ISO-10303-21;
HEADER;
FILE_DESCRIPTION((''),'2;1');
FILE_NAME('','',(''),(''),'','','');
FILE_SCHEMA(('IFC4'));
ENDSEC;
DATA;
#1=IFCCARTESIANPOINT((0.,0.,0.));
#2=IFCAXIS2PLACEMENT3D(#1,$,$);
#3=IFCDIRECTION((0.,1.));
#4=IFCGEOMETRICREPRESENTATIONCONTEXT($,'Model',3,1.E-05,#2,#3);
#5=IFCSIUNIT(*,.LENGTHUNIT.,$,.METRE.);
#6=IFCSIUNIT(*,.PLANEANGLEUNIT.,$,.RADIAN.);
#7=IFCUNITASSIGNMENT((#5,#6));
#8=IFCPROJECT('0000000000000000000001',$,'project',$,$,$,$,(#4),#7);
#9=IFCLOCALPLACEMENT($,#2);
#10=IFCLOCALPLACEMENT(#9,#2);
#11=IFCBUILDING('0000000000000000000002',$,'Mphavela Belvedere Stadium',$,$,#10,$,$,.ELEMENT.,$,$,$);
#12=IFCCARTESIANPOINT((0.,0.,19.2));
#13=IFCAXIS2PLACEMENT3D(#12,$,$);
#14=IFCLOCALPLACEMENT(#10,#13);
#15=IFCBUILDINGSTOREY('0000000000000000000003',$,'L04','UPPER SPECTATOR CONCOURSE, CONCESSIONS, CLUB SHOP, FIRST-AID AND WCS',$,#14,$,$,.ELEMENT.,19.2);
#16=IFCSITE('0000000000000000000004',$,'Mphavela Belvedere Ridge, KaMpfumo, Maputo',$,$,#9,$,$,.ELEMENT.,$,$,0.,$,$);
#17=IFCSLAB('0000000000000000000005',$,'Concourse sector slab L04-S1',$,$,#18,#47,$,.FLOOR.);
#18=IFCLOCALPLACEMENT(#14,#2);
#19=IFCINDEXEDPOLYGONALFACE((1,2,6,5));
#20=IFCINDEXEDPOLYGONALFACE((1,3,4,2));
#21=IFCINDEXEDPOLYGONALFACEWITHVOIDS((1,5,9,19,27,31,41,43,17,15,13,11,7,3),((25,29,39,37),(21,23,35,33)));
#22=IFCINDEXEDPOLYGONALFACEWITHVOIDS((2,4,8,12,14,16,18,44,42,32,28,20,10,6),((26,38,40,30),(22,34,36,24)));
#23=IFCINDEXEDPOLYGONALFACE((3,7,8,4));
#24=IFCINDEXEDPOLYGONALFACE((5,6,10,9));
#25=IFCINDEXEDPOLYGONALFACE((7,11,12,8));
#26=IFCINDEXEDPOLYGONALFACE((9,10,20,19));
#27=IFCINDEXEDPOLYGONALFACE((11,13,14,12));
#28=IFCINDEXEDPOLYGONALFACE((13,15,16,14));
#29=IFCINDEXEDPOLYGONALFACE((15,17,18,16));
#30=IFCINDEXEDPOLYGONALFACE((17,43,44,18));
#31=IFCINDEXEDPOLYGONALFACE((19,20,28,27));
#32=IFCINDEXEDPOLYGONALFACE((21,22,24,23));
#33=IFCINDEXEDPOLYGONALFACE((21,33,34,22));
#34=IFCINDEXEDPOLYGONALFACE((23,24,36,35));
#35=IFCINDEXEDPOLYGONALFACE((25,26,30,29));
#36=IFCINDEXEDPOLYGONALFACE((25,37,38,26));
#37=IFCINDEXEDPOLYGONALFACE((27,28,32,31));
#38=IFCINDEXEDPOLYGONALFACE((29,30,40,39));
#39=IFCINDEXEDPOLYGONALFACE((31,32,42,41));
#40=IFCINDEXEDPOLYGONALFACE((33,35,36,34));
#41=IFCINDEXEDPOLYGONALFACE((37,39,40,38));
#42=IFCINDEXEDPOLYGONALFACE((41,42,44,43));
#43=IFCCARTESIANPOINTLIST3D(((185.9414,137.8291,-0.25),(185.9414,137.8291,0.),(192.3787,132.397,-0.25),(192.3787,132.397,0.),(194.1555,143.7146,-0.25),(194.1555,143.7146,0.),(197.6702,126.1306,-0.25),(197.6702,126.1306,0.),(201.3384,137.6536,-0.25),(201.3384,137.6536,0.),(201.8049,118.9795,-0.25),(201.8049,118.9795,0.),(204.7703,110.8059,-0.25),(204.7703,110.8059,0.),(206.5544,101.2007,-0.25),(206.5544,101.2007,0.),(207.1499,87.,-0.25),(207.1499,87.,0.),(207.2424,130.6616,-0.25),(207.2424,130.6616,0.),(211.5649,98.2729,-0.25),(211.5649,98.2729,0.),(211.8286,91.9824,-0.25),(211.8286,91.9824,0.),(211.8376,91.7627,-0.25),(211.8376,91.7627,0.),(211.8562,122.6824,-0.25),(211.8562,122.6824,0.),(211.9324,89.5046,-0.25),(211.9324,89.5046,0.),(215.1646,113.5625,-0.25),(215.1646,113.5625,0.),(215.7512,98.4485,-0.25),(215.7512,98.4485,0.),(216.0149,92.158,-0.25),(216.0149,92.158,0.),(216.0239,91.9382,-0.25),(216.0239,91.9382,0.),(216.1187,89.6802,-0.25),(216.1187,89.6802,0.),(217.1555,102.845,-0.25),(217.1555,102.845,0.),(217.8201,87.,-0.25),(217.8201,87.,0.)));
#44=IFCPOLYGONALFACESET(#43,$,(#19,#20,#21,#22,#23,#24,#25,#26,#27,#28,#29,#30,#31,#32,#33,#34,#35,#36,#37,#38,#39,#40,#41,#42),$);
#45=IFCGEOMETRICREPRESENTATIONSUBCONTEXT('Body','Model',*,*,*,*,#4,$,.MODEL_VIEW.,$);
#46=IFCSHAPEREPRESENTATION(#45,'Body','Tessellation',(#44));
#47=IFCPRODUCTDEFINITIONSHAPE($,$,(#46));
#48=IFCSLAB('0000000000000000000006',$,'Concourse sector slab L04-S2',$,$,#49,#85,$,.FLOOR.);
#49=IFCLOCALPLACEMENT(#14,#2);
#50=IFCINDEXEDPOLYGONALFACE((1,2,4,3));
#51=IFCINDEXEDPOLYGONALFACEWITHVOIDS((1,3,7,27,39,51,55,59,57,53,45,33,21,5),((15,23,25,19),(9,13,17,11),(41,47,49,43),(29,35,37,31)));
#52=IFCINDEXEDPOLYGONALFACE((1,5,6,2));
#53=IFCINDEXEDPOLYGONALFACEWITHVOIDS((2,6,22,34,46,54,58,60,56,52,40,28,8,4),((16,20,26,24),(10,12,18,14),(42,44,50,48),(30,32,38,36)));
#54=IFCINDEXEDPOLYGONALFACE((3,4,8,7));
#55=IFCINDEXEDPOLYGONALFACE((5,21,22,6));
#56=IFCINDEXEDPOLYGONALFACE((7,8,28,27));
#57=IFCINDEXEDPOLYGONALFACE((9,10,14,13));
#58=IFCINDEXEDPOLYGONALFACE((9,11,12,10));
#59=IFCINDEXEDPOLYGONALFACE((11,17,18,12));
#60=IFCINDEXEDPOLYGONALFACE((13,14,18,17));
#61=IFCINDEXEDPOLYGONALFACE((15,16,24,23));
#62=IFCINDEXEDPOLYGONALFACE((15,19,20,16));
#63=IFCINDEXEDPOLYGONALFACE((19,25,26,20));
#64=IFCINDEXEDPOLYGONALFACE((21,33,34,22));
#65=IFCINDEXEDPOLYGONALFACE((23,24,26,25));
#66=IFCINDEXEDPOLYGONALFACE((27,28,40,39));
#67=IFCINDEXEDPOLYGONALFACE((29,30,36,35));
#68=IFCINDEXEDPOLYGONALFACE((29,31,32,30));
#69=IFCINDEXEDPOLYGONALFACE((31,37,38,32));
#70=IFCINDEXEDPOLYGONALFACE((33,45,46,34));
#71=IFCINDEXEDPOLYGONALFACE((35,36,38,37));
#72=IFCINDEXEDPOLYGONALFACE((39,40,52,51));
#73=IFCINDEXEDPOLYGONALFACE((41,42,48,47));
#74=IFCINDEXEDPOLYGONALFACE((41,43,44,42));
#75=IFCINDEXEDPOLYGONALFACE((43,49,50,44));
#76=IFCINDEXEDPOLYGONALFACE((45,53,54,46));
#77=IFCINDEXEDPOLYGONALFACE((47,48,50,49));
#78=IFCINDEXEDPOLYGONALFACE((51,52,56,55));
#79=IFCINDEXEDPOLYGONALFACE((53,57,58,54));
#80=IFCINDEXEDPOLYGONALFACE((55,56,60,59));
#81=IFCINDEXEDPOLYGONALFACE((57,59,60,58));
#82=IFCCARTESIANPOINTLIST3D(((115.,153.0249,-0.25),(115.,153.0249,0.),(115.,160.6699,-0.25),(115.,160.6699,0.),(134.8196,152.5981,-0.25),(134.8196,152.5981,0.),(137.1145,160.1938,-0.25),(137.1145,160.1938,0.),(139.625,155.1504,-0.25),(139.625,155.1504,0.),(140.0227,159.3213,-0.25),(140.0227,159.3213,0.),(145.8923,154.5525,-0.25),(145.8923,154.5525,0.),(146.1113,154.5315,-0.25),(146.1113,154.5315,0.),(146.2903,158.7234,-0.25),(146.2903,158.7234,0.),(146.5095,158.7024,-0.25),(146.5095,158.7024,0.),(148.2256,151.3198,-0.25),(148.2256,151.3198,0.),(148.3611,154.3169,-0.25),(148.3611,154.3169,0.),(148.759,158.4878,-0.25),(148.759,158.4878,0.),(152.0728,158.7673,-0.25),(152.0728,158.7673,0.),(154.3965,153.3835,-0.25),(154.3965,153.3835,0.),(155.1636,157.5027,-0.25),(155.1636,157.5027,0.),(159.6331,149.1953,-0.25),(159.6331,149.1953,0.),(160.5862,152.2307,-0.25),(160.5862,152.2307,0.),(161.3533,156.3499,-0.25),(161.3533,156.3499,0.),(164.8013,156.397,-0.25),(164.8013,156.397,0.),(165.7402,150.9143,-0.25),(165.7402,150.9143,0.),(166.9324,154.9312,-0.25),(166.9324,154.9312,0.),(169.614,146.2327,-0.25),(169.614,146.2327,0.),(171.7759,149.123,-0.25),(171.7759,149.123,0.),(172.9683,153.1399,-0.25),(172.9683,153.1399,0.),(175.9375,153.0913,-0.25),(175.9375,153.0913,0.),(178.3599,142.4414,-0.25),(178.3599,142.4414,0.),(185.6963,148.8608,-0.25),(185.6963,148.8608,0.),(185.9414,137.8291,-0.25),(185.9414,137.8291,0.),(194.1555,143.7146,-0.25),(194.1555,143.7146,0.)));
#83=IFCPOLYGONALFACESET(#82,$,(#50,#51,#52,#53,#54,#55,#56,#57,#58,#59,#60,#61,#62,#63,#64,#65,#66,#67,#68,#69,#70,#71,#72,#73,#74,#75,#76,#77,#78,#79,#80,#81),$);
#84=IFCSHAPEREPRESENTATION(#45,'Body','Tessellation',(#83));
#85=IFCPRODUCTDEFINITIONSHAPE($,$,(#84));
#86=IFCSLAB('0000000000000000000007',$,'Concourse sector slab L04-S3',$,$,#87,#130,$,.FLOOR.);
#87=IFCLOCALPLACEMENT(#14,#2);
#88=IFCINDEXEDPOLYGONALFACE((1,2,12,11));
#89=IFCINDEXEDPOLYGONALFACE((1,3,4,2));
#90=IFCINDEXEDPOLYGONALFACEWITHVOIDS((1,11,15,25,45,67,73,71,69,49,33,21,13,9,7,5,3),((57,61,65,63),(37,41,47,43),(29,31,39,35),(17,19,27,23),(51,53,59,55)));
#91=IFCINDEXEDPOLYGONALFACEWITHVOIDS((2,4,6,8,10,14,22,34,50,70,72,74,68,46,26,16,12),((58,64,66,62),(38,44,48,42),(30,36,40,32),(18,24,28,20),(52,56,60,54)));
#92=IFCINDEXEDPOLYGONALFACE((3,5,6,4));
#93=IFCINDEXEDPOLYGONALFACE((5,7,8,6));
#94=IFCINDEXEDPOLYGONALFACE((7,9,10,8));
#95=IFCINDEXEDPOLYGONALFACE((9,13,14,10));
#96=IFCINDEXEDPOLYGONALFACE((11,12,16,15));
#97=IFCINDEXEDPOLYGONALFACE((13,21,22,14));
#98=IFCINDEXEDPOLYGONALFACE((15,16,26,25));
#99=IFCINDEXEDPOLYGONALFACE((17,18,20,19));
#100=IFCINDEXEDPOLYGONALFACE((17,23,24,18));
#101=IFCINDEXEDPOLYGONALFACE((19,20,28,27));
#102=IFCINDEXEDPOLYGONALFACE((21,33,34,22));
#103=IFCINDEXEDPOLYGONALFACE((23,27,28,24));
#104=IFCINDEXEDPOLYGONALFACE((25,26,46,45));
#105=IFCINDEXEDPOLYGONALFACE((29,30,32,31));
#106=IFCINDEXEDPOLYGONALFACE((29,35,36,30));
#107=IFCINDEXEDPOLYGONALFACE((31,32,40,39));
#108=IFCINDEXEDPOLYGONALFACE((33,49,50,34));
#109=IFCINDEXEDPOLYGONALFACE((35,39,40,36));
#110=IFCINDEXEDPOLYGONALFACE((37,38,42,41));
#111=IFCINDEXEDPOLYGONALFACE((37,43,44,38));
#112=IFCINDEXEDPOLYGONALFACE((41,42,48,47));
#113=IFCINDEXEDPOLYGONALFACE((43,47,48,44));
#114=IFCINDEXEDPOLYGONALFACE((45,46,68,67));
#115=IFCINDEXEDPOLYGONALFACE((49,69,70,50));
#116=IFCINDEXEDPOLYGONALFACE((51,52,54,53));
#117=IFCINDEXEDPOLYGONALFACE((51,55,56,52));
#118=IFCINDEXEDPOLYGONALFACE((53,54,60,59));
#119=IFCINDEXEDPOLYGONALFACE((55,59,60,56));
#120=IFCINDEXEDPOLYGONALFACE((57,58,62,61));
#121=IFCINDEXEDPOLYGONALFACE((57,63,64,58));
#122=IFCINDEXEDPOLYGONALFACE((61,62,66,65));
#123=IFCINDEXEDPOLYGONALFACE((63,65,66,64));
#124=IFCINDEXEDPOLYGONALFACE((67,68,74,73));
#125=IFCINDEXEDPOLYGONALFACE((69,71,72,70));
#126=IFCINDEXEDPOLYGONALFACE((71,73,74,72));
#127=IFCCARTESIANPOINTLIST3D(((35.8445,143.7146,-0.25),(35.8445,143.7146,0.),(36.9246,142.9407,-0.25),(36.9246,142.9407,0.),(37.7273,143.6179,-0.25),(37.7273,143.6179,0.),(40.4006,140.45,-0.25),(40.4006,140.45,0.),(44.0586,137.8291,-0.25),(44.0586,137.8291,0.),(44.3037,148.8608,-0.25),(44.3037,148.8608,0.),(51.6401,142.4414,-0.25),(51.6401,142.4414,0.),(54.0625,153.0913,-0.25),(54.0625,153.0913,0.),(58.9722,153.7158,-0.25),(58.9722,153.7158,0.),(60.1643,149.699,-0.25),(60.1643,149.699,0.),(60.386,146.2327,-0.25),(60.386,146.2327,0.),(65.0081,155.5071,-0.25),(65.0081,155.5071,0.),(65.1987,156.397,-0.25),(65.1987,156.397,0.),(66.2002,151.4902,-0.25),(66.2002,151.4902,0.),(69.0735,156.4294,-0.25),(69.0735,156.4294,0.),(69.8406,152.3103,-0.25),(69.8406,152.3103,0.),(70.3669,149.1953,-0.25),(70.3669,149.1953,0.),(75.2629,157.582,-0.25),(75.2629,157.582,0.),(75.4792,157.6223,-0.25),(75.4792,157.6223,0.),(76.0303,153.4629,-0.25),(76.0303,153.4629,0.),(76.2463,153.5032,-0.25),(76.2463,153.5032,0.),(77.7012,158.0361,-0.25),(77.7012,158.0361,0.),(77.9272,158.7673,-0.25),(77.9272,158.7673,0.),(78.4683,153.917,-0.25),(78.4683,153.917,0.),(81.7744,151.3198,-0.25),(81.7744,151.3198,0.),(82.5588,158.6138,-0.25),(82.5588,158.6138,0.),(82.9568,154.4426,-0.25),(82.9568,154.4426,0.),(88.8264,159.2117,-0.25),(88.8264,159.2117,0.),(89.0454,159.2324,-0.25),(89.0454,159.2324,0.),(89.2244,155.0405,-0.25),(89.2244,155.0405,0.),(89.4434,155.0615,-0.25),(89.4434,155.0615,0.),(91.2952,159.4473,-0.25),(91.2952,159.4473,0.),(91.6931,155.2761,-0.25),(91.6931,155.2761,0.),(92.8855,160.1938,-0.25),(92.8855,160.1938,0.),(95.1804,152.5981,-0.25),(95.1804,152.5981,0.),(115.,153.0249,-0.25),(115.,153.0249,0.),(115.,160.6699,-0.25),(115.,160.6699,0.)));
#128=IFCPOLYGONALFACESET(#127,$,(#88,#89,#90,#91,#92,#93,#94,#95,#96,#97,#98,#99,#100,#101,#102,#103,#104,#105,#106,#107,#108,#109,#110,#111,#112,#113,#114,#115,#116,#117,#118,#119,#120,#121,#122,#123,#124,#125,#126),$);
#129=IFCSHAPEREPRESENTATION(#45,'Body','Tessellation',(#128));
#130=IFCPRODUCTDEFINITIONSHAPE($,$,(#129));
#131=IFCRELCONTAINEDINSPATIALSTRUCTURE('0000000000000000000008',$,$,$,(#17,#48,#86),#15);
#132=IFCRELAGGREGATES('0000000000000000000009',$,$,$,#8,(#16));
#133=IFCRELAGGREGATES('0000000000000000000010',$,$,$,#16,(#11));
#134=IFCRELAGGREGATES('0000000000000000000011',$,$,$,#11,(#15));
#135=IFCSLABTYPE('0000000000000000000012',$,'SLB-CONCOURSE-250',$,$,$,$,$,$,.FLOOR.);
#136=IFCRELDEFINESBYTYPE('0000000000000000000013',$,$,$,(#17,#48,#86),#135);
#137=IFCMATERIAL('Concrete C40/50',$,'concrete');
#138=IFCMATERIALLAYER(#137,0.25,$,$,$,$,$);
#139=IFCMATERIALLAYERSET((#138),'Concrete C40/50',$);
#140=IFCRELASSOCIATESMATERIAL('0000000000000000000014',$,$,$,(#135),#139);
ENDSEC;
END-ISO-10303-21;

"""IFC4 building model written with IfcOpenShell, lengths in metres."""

from ifc_helpers import new_model, si_unit, direction, frame, origin, place, context, subcontext, project, spatial, polyline, outline, extrude, material, layer, layer_set, type_object, element, save


model = new_model("IFC4")

# Units and contexts
model_context = context("Model", 3, precision=1e-05, world=origin(), true_north=direction((0.0, 1.0)))
body_context = subcontext(model_context, "Body", "Model", "MODEL_VIEW")
ifc_project = project(units=[si_unit("LENGTHUNIT", "METRE"), si_unit("PLANEANGLEUNIT", "RADIAN")], contexts=[model_context])

# Site, building, storey
site_placement = place(None, origin())
site = spatial("IfcSite", under=ifc_project, at=site_placement, Name="Mphavela Belvedere Ridge, KaMpfumo, Maputo", CompositionType="ELEMENT", RefElevation=0.0)
building_placement = place(site_placement, origin())
building = spatial("IfcBuilding", under=site, at=building_placement, Name="Mphavela Belvedere Stadium", CompositionType="ELEMENT")
storey_placement = place(building_placement, frame((0.0, 0.0, 19.2)))
storey = spatial("IfcBuildingStorey", under=building, at=storey_placement, Name="L04", Description="UPPER SPECTATOR CONCOURSE, CONCESSIONS, CLUB SHOP, FIRST-AID AND WCS", CompositionType="ELEMENT", Elevation=19.2)

# Slabs
ifc_material_1 = material(Name="Concrete C40/50", Category="concrete")
ifc_layer_1 = layer(ifc_material_1, 0.25)
ifc_layer_set_1 = layer_set([ifc_layer_1], Name="Concrete C40/50")
slab_type_1 = type_object("IfcSlabType", Name="SLB-CONCOURSE-250", PredefinedType="FLOOR", material=ifc_layer_set_1)
slab_1_placement = place(storey_placement, frame((0.0, 0.0, -0.25)))
element("IfcSlab", 1, at=slab_1_placement, inside=storey, type_object=slab_type_1, Name="Concourse sector slab L04-S1", PredefinedType="FLOOR", context=body_context, shape_type="SweptSolid", body=[
    extrude(outline(polyline([(194.1555, 143.7146), (201.3384, 137.6536), (207.2424, 130.6616), (211.8562, 122.6824), (215.1646, 113.5625), (217.1555, 102.845), (217.8201, 87.0), (207.1499, 87.0), (206.5544, 101.2007), (204.7703, 110.8059), (201.8049, 118.9795), (197.6702, 126.1306), (192.3787, 132.397), (185.9414, 137.8291), (194.1555, 143.7146)]), holes=[polyline([(216.0149, 92.158), (215.7512, 98.4485), (211.5649, 98.2729), (211.8286, 91.9824), (216.0149, 92.158)]), polyline([(216.1187, 89.6802), (216.0239, 91.9382), (211.8376, 91.7627), (211.9324, 89.5046), (216.1187, 89.6802)])]), origin(), (0.0, 0.0, 1.0), 0.25),
])
slab_2_placement = place(storey_placement, frame((0.0, 0.0, -0.25)))
element("IfcSlab", 2, at=slab_2_placement, inside=storey, type_object=slab_type_1, Name="Concourse sector slab L04-S2", PredefinedType="FLOOR", context=body_context, shape_type="SweptSolid", body=[
    extrude(outline(polyline([(152.0728, 158.7673), (164.8013, 156.397), (175.9375, 153.0913), (185.6963, 148.8608), (194.1555, 143.7146), (185.9414, 137.8291), (178.3599, 142.4414), (169.614, 146.2327), (159.6331, 149.1953), (148.2256, 151.3198), (134.8196, 152.5981), (115.0, 153.0249), (115.0, 160.6699), (137.1145, 160.1938), (152.0728, 158.7673)]), holes=[polyline([(139.625, 155.1504), (145.8923, 154.5525), (146.2903, 158.7234), (140.0227, 159.3213), (139.625, 155.1504)]), polyline([(146.1113, 154.5315), (148.3611, 154.3169), (148.759, 158.4878), (146.5095, 158.7024), (146.1113, 154.5315)]), polyline([(172.9683, 153.1399), (166.9324, 154.9312), (165.7402, 150.9143), (171.7759, 149.123), (172.9683, 153.1399)]), polyline([(160.5862, 152.2307), (161.3533, 156.3499), (155.1636, 157.5027), (154.3965, 153.3835), (160.5862, 152.2307)])]), origin(), (0.0, 0.0, 1.0), 0.25),
])
slab_3_placement = place(storey_placement, frame((0.0, 0.0, -0.25)))
element("IfcSlab", 3, at=slab_3_placement, inside=storey, type_object=slab_type_1, Name="Concourse sector slab L04-S3", PredefinedType="FLOOR", context=body_context, shape_type="SweptSolid", body=[
    extrude(outline(polyline([(77.9272, 158.7673), (92.8855, 160.1938), (115.0, 160.6699), (115.0, 153.0249), (95.1804, 152.5981), (81.7744, 151.3198), (70.3669, 149.1953), (60.386, 146.2327), (51.6401, 142.4414), (44.0586, 137.8291), (40.4006, 140.45), (37.7273, 143.6179), (36.9246, 142.9407), (35.8445, 143.7146), (44.3037, 148.8608), (54.0625, 153.0913), (65.1987, 156.397), (77.9272, 158.7673)]), holes=[polyline([(75.2629, 157.582), (69.0735, 156.4294), (69.8406, 152.3103), (76.0303, 153.4629), (75.2629, 157.582)]), polyline([(77.7012, 158.0361), (75.4792, 157.6223), (76.2463, 153.5032), (78.4683, 153.917), (77.7012, 158.0361)]), polyline([(82.9568, 154.4426), (89.2244, 155.0405), (88.8264, 159.2117), (82.5588, 158.6138), (82.9568, 154.4426)]), polyline([(89.4434, 155.0615), (91.6931, 155.2761), (91.2952, 159.4473), (89.0454, 159.2324), (89.4434, 155.0615)]), polyline([(66.2002, 151.4902), (65.0081, 155.5071), (58.9722, 153.7158), (60.1643, 149.699), (66.2002, 151.4902)])]), origin(), (0.0, 0.0, 1.0), 0.25),
])

save(model, "model.ifc")
